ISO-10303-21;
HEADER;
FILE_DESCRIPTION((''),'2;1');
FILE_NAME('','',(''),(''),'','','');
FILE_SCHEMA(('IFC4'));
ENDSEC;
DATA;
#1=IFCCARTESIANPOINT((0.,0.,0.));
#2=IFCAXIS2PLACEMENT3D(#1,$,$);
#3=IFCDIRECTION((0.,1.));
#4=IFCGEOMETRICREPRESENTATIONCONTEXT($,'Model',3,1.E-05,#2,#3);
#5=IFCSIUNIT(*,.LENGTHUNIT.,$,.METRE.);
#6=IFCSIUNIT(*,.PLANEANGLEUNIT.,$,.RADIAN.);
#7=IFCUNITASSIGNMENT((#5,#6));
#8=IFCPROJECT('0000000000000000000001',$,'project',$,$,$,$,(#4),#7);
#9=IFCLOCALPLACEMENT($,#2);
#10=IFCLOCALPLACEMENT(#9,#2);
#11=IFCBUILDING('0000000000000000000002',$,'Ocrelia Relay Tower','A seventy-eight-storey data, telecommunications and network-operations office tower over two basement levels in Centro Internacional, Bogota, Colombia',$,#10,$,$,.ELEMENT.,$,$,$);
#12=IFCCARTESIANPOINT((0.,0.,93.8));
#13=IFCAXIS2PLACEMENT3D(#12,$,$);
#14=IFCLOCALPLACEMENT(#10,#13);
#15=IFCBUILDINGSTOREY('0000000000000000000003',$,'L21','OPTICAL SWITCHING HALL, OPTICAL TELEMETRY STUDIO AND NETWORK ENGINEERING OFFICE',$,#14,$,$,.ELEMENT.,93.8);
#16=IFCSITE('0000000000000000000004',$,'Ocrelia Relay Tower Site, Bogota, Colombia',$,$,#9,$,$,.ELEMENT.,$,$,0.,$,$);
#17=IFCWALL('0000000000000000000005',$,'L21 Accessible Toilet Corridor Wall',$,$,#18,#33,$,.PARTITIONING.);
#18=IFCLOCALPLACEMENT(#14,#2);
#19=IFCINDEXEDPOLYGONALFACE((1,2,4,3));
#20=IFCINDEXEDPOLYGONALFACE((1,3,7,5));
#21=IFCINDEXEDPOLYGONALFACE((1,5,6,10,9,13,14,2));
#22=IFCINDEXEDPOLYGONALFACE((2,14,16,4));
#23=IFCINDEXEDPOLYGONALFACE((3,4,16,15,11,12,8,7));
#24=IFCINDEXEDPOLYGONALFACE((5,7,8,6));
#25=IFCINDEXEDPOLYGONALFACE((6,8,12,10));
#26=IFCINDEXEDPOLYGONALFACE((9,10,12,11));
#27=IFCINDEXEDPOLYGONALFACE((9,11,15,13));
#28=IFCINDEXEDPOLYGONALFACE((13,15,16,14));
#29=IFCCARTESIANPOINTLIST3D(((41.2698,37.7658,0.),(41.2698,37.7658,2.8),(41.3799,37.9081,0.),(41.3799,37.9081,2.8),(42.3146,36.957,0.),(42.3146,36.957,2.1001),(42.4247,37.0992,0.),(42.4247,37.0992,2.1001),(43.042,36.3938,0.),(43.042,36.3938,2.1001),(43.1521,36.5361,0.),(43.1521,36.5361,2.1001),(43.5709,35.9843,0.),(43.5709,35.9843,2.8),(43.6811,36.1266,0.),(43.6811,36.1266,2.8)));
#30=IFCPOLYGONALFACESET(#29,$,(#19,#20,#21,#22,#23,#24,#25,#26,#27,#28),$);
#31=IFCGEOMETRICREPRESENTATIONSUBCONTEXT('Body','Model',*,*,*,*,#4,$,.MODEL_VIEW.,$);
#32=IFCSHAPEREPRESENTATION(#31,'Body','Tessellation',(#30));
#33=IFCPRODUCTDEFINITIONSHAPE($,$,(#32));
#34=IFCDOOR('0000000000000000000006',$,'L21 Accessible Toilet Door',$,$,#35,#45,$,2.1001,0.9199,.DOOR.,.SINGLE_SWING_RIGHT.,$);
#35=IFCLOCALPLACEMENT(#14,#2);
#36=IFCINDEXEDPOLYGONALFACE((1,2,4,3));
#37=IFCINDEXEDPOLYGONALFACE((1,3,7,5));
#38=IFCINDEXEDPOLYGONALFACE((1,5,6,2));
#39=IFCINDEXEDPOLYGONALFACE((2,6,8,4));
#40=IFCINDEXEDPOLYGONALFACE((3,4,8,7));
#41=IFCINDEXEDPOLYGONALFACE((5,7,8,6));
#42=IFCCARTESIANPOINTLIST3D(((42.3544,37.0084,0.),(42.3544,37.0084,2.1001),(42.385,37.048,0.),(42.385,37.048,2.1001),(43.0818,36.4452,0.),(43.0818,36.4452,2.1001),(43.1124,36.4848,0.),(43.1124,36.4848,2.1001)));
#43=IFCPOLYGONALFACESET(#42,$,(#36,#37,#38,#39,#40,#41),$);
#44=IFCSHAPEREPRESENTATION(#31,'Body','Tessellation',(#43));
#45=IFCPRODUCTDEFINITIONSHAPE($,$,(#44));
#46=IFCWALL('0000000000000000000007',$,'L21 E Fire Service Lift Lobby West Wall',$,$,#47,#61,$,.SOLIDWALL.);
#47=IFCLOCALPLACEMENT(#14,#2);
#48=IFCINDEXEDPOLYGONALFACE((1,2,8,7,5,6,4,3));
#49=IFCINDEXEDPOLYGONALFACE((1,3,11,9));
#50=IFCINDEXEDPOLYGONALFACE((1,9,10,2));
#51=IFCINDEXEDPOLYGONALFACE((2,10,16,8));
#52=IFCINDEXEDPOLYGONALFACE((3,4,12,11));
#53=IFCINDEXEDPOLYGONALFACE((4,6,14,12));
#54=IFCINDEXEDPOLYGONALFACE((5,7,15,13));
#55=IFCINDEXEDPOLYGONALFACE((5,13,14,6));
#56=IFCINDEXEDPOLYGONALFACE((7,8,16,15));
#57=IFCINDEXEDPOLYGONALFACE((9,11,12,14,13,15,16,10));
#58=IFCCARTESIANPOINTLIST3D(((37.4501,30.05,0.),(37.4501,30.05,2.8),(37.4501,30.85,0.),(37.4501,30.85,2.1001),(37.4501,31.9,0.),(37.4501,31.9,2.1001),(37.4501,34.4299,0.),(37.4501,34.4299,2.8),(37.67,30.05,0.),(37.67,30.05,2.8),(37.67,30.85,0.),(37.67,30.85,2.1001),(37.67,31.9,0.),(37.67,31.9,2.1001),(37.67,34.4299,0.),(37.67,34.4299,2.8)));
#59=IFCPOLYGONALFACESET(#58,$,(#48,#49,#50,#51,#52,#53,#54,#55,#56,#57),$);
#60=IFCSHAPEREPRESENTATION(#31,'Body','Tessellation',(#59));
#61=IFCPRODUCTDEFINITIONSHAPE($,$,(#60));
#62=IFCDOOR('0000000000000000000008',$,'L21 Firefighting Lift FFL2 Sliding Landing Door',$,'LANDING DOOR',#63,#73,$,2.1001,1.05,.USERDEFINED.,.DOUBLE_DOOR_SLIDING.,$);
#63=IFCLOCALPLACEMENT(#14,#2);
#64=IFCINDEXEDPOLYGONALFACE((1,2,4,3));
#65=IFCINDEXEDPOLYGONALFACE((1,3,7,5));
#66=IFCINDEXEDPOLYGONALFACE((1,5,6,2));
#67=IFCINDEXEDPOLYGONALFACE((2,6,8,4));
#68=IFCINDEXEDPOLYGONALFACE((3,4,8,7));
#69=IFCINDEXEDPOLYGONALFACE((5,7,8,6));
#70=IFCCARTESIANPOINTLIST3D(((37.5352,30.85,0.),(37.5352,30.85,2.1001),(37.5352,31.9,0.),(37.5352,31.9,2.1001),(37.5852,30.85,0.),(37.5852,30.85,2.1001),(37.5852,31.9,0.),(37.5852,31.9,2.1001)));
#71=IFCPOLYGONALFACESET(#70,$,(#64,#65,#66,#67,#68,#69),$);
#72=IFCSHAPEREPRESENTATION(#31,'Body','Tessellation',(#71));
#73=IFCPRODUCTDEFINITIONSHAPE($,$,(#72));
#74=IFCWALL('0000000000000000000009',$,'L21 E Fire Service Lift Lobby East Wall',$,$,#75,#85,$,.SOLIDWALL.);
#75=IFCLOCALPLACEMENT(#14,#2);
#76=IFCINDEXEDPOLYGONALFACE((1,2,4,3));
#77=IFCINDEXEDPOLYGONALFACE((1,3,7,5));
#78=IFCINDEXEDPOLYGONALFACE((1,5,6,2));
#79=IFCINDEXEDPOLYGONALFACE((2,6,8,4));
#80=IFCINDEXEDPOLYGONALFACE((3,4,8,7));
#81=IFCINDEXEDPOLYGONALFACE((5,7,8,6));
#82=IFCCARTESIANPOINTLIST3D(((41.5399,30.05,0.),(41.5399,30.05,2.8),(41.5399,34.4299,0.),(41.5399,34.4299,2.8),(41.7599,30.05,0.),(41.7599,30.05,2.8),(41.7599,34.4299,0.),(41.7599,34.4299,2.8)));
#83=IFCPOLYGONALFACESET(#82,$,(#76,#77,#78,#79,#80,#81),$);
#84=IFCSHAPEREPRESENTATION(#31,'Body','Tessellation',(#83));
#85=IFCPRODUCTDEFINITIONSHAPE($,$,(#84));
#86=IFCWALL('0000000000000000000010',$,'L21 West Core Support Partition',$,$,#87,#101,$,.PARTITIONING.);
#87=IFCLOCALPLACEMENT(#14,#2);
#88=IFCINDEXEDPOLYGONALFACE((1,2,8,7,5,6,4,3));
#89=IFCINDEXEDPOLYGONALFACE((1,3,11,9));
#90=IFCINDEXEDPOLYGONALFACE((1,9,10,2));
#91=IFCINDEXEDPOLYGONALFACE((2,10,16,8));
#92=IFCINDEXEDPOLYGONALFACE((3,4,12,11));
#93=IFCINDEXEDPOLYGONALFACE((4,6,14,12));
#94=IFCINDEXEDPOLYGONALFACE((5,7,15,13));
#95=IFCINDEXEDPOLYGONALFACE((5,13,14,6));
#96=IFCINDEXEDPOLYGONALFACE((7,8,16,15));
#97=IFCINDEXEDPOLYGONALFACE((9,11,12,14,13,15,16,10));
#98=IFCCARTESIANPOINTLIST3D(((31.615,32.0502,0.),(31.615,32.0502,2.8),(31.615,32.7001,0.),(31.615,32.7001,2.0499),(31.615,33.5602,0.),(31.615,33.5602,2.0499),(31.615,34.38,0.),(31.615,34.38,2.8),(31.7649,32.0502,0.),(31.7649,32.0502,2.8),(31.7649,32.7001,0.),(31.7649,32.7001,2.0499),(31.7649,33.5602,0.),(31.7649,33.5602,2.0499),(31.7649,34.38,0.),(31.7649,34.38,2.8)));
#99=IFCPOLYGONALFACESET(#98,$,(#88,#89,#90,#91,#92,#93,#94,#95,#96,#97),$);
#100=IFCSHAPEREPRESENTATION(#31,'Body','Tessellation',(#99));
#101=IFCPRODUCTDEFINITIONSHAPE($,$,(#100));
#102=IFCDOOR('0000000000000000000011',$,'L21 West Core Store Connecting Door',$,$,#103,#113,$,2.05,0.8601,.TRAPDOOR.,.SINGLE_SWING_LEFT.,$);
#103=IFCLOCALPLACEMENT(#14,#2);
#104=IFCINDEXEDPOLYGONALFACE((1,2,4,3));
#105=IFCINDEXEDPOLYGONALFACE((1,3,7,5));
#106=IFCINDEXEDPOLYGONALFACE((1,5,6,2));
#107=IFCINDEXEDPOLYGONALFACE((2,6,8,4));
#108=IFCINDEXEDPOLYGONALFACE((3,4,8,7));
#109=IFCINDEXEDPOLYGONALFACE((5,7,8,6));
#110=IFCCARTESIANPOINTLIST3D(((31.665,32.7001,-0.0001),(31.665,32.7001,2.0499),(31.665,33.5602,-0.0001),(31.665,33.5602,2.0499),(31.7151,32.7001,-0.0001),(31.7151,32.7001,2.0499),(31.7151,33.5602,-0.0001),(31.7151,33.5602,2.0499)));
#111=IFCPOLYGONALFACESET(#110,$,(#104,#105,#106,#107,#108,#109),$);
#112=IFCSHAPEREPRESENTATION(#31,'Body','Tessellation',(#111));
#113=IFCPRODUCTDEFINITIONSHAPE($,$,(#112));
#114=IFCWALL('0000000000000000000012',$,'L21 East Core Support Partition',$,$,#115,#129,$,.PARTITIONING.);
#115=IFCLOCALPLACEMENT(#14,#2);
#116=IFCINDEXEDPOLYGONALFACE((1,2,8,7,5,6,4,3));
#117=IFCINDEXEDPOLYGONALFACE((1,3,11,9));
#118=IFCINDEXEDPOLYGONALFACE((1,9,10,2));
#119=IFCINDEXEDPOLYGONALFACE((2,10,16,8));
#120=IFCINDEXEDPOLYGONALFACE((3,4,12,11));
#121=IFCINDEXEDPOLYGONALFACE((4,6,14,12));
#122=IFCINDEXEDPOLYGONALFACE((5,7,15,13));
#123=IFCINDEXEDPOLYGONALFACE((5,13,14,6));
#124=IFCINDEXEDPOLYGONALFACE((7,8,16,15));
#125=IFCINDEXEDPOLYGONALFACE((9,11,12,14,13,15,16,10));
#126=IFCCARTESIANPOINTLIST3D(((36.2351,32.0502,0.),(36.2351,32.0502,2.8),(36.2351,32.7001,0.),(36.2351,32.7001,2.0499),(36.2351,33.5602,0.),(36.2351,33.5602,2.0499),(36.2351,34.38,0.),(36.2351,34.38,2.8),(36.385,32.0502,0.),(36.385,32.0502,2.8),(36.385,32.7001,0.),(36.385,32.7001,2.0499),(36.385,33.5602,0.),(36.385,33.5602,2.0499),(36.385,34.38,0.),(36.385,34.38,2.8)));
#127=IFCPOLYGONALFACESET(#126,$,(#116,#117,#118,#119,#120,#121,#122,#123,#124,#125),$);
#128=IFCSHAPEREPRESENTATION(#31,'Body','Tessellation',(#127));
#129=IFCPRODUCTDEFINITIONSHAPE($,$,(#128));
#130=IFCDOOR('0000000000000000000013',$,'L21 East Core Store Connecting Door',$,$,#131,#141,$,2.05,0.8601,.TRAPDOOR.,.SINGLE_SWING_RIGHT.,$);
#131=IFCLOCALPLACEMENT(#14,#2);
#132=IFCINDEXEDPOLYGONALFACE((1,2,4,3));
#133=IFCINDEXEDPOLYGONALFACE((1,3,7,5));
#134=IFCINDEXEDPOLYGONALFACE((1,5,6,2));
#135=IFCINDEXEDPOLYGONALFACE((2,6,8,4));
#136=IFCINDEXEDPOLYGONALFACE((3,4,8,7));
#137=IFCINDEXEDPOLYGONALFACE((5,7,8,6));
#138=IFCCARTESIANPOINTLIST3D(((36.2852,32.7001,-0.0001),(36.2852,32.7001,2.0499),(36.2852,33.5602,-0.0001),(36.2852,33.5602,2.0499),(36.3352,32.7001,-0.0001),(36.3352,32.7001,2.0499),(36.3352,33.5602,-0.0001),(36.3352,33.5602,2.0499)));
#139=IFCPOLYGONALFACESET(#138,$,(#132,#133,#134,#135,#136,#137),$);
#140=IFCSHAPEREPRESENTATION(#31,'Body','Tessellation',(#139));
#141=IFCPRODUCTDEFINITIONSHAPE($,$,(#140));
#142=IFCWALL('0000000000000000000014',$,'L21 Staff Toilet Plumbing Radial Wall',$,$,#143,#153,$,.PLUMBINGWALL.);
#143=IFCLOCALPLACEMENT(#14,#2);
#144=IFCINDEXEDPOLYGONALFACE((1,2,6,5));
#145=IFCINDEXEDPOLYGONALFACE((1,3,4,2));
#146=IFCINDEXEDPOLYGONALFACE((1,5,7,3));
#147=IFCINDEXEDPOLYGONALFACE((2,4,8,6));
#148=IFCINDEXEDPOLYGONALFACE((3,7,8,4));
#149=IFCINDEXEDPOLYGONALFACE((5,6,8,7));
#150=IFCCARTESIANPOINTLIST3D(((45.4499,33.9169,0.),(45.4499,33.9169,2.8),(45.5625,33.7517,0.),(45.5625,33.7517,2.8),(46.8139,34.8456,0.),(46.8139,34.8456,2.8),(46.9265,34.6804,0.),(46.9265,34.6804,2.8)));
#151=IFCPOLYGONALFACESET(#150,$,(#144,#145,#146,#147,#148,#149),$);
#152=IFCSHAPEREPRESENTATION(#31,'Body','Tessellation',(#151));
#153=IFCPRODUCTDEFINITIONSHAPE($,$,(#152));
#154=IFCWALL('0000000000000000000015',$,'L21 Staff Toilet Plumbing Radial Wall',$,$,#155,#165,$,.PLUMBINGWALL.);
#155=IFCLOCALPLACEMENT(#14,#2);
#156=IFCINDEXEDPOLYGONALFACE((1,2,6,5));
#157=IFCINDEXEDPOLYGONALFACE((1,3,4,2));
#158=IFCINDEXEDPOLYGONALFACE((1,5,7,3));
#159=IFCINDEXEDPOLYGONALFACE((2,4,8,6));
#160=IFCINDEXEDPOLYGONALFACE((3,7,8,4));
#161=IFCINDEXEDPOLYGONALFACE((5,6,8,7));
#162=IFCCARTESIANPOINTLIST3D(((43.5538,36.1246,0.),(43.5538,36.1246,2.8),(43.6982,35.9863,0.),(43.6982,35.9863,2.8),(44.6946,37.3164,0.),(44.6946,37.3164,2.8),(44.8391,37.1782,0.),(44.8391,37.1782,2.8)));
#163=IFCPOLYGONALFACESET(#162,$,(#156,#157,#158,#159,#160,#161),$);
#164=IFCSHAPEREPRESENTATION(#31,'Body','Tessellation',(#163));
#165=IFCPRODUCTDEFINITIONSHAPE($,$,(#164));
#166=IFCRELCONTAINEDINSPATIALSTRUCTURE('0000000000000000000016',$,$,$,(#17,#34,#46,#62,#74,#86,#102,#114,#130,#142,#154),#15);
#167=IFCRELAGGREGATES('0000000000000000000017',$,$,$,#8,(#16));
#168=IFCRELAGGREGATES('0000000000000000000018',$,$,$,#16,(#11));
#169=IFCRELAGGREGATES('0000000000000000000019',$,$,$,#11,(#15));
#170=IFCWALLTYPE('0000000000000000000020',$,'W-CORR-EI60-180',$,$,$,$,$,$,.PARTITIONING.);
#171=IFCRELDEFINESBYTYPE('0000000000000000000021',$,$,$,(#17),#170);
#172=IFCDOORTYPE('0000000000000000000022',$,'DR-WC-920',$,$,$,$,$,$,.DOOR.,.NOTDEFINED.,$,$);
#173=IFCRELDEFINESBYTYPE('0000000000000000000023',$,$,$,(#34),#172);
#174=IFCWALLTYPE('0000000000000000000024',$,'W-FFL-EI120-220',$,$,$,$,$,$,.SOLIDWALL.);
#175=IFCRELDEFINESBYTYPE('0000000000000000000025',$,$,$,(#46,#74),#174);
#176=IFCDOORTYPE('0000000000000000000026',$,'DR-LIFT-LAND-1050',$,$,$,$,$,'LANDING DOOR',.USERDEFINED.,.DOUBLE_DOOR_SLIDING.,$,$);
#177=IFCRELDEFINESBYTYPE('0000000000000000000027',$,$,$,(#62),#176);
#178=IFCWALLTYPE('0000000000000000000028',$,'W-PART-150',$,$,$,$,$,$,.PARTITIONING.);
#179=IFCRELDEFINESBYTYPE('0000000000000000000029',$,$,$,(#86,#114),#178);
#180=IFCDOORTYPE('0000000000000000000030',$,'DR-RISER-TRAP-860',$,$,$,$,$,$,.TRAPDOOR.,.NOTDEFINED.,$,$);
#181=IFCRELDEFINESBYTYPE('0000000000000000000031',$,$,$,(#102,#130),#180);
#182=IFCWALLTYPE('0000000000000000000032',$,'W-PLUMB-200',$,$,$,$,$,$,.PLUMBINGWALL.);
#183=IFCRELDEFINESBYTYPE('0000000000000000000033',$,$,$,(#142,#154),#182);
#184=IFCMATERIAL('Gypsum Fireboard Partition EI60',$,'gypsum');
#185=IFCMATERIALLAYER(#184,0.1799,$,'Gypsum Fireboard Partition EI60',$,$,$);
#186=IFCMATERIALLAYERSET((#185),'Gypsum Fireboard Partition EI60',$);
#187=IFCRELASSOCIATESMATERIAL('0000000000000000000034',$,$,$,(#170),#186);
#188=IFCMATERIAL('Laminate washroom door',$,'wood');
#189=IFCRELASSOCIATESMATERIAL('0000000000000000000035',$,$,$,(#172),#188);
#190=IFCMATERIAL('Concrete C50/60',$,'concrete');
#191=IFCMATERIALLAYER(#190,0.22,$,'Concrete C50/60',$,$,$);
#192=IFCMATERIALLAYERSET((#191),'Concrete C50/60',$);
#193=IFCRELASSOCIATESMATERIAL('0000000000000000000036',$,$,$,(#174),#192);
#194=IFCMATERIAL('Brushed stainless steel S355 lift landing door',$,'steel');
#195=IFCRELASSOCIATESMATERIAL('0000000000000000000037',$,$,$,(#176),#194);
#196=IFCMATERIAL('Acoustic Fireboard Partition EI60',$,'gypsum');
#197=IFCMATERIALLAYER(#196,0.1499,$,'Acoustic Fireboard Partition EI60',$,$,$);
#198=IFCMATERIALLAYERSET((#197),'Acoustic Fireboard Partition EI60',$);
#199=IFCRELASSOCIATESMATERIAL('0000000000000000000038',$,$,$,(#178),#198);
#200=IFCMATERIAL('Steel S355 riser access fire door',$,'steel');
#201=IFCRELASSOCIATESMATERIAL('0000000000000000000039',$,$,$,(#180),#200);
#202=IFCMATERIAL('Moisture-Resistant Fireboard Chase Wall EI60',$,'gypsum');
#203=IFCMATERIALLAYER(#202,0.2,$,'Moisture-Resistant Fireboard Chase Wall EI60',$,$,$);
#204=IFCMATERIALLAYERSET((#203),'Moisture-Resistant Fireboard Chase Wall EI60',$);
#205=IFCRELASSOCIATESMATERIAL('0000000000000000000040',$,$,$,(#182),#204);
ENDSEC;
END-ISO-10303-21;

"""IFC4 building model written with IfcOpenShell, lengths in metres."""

from ifc_helpers import new_model, si_unit, direction, frame, frame_2d, origin, place, context, subcontext, project, spatial, rectangle, extrude, material, layer, layer_set, type_object, element, fill, save


model = new_model("IFC4")

# Units and contexts
model_context = context("Model", 3, precision=1e-05, world=origin(), true_north=direction((0.0, 1.0)))
body_context = subcontext(model_context, "Body", "Model", "MODEL_VIEW")
ifc_project = project(units=[si_unit("LENGTHUNIT", "METRE"), si_unit("PLANEANGLEUNIT", "RADIAN")], contexts=[model_context])

# Site, building, storey
site_placement = place(None, origin())
site = spatial("IfcSite", under=ifc_project, at=site_placement, Name="Ocrelia Relay Tower Site, Bogota, Colombia", CompositionType="ELEMENT", RefElevation=0.0)
building_placement = place(site_placement, origin())
building = spatial("IfcBuilding", under=site, at=building_placement, Name="Ocrelia Relay Tower", Description="A seventy-eight-storey data, telecommunications and network-operations office tower over two basement levels in Centro Internacional, Bogota, Colombia", CompositionType="ELEMENT")
storey_placement = place(building_placement, frame((0.0, 0.0, 93.8)))
storey = spatial("IfcBuildingStorey", under=building, at=storey_placement, Name="L21", Description="OPTICAL SWITCHING HALL, OPTICAL TELEMETRY STUDIO AND NETWORK ENGINEERING OFFICE", CompositionType="ELEMENT", Elevation=93.8)

# Shared definitions
ifc_material_1 = material(Name="Gypsum Fireboard Partition EI60", Category="gypsum")
ifc_layer_1 = layer(ifc_material_1, 0.1799, Name="Gypsum Fireboard Partition EI60")
ifc_layer_set_1 = layer_set([ifc_layer_1], Name="Gypsum Fireboard Partition EI60")
wall_type_1 = type_object("IfcWallType", Name="W-CORR-EI60-180", PredefinedType="PARTITIONING", material=ifc_layer_set_1)

# Walls, openings, doors
ifc_material_2 = material(Name="Laminate washroom door", Category="wood")
door_type_1 = type_object("IfcDoorType", Name="DR-WC-920", OperationType="NOTDEFINED", PredefinedType="DOOR", material=ifc_material_2)
wall_1_placement = place(storey_placement, frame((43.626, 36.0554, 0.0), z_axis=(0.0, 0.0, 1.0), x_axis=(-0.790715, 0.612185, 0.0)))
wall_1 = element("IfcWall", 1, at=wall_1_placement, inside=storey, type_object=wall_type_1, Name="L21 Accessible Toilet Corridor Wall", PredefinedType="PARTITIONING", context=body_context, shape_type="SweptSolid", body=[
    extrude(rectangle(XDim=2.9102, YDim=0.1799, at=frame_2d((1.4551, 0.0))), origin(), (0.0, 0.0, 1.0), 2.8),
])
opening_1_placement = place(wall_1_placement, frame((0.6689, 0.0, 0.0)))
opening_1 = element("IfcOpeningElement", 2, at=opening_1_placement, cuts=wall_1, PredefinedType="OPENING", context=body_context, shape_type="SweptSolid", body=[
    extrude(rectangle(XDim=0.9199, YDim=2.1001, at=frame_2d((0.46, 1.05))), frame((0.0, 0.1001, 0.0), z_axis=(0.0, -1.0, 0.0), x_axis=(1.0, 0.0, 0.0)), (0.0, 0.0, 1.0), 0.2),
])
door_1_placement = place(opening_1_placement, origin())
door_1 = element("IfcDoor", 3, at=door_1_placement, inside=storey, type_object=door_type_1, Name="L21 Accessible Toilet Door", OperationType="SINGLE_SWING_RIGHT", OverallHeight=2.1001, OverallWidth=0.9199, PredefinedType="DOOR", context=body_context, shape_type="SweptSolid", body=[
    extrude(rectangle(XDim=0.9199, YDim=2.1001, at=frame_2d((0.46, 1.05))), frame((0.0, 0.0249, 0.0), z_axis=(0.0, -1.0, 0.0), x_axis=(1.0, 0.0, 0.0)), (0.0, 0.0, 1.0), 0.05),
])
fill(opening_1, door_1)
ifc_material_3 = material(Name="Concrete C50/60", Category="concrete")
ifc_layer_2 = layer(ifc_material_3, 0.22, Name="Concrete C50/60")
ifc_layer_set_2 = layer_set([ifc_layer_2], Name="Concrete C50/60")
wall_type_2 = type_object("IfcWallType", Name="W-FFL-EI120-220", PredefinedType="SOLIDWALL", material=ifc_layer_set_2)
wall_2_placement = place(storey_placement, frame((37.5601, 30.05, 0.0), z_axis=(0.0, 0.0, 1.0), x_axis=(0.0, 1.0, 0.0)))
wall_2 = element("IfcWall", 4, at=wall_2_placement, inside=storey, type_object=wall_type_2, Name="L21 E Fire Service Lift Lobby West Wall", PredefinedType="SOLIDWALL", context=body_context, shape_type="SweptSolid", body=[
    extrude(rectangle(XDim=4.3799, YDim=0.22, at=frame_2d((2.1899, 0.0))), origin(), (0.0, 0.0, 1.0), 2.8),
])
opening_2_placement = place(wall_2_placement, frame((0.8, 0.0, 0.0)))
opening_2 = element("IfcOpeningElement", 5, at=opening_2_placement, cuts=wall_2, PredefinedType="OPENING", context=body_context, shape_type="SweptSolid", body=[
    extrude(rectangle(XDim=1.05, YDim=2.1001, at=frame_2d((0.5249, 1.05))), frame((0.0, 0.1201, 0.0), z_axis=(0.0, -1.0, 0.0), x_axis=(1.0, 0.0, 0.0)), (0.0, 0.0, 1.0), 0.24),
])
ifc_material_4 = material(Name="Brushed stainless steel S355 lift landing door", Category="steel")
door_type_2 = type_object("IfcDoorType", Name="DR-LIFT-LAND-1050", ElementType="LANDING DOOR", OperationType="DOUBLE_DOOR_SLIDING", PredefinedType="USERDEFINED", material=ifc_material_4)
door_2_placement = place(opening_2_placement, origin())
door_2 = element("IfcDoor", 6, at=door_2_placement, inside=storey, type_object=door_type_2, Name="L21 Firefighting Lift FFL2 Sliding Landing Door", ObjectType="LANDING DOOR", OperationType="DOUBLE_DOOR_SLIDING", OverallHeight=2.1001, OverallWidth=1.05, PredefinedType="USERDEFINED", context=body_context, shape_type="SweptSolid", body=[
    extrude(rectangle(XDim=1.05, YDim=2.1001, at=frame_2d((0.5249, 1.05))), frame((0.0, 0.0249, 0.0), z_axis=(0.0, -1.0, 0.0), x_axis=(1.0, 0.0, 0.0)), (0.0, 0.0, 1.0), 0.05),
])
fill(opening_2, door_2)

# Wall
wall_3_placement = place(storey_placement, frame((41.6499, 30.05, 0.0), z_axis=(0.0, 0.0, 1.0), x_axis=(0.0, 1.0, 0.0)))
element("IfcWall", 7, at=wall_3_placement, inside=storey, type_object=wall_type_2, Name="L21 E Fire Service Lift Lobby East Wall", PredefinedType="SOLIDWALL", context=body_context, shape_type="SweptSolid", body=[
    extrude(rectangle(XDim=4.3799, YDim=0.22, at=frame_2d((2.1899, 0.0))), origin(), (0.0, 0.0, 1.0), 2.8),
])

# Walls, openings, doors
ifc_material_5 = material(Name="Acoustic Fireboard Partition EI60", Category="gypsum")
ifc_layer_3 = layer(ifc_material_5, 0.1499, Name="Acoustic Fireboard Partition EI60")
ifc_layer_set_3 = layer_set([ifc_layer_3], Name="Acoustic Fireboard Partition EI60")
wall_type_3 = type_object("IfcWallType", Name="W-PART-150", PredefinedType="PARTITIONING", material=ifc_layer_set_3)
wall_4_placement = place(storey_placement, frame((31.6899, 32.05, 0.0), z_axis=(0.0, 0.0, 1.0), x_axis=(0.0, 1.0, 0.0)))
wall_4 = element("IfcWall", 8, at=wall_4_placement, inside=storey, type_object=wall_type_3, Name="L21 West Core Support Partition", PredefinedType="PARTITIONING", context=body_context, shape_type="SweptSolid", body=[
    extrude(rectangle(XDim=2.3298, YDim=0.1499, at=frame_2d((1.165, 0.0))), origin(), (0.0, 0.0, 1.0), 2.8),
])
opening_3_placement = place(wall_4_placement, frame((0.6499, 0.0, 0.0)))
opening_3 = element("IfcOpeningElement", 9, at=opening_3_placement, cuts=wall_4, PredefinedType="OPENING", context=body_context, shape_type="SweptSolid", body=[
    extrude(rectangle(XDim=0.8601, YDim=2.05, at=frame_2d((0.4302, 1.0249))), frame((0.0, 0.085, 0.0), z_axis=(0.0, -1.0, 0.0), x_axis=(1.0, 0.0, 0.0)), (0.0, 0.0, 1.0), 0.1699),
])
ifc_material_6 = material(Name="Steel S355 riser access fire door", Category="steel")
door_type_3 = type_object("IfcDoorType", Name="DR-RISER-TRAP-860", OperationType="NOTDEFINED", PredefinedType="TRAPDOOR", material=ifc_material_6)
door_3_placement = place(opening_3_placement, origin())
door_3 = element("IfcDoor", 10, at=door_3_placement, inside=storey, type_object=door_type_3, Name="L21 West Core Store Connecting Door", OperationType="SINGLE_SWING_LEFT", OverallHeight=2.05, OverallWidth=0.8601, PredefinedType="TRAPDOOR", context=body_context, shape_type="SweptSolid", body=[
    extrude(rectangle(XDim=0.8601, YDim=2.05, at=frame_2d((0.4302, 1.0249))), frame((0.0, 0.0249, 0.0), z_axis=(0.0, -1.0, 0.0), x_axis=(1.0, 0.0, 0.0)), (0.0, 0.0, 1.0), 0.05),
])
fill(opening_3, door_3)
wall_5_placement = place(storey_placement, frame((36.3101, 32.05, 0.0), z_axis=(0.0, 0.0, 1.0), x_axis=(0.0, 1.0, 0.0)))
wall_5 = element("IfcWall", 11, at=wall_5_placement, inside=storey, type_object=wall_type_3, Name="L21 East Core Support Partition", PredefinedType="PARTITIONING", context=body_context, shape_type="SweptSolid", body=[
    extrude(rectangle(XDim=2.3298, YDim=0.1499, at=frame_2d((1.165, 0.0))), origin(), (0.0, 0.0, 1.0), 2.8),
])
opening_4_placement = place(wall_5_placement, frame((0.6499, 0.0, 0.0)))
opening_4 = element("IfcOpeningElement", 12, at=opening_4_placement, cuts=wall_5, PredefinedType="OPENING", context=body_context, shape_type="SweptSolid", body=[
    extrude(rectangle(XDim=0.8601, YDim=2.05, at=frame_2d((0.4302, 1.0249))), frame((0.0, 0.085, 0.0), z_axis=(0.0, -1.0, 0.0), x_axis=(1.0, 0.0, 0.0)), (0.0, 0.0, 1.0), 0.1699),
])
door_4_placement = place(opening_4_placement, origin())
door_4 = element("IfcDoor", 13, at=door_4_placement, inside=storey, type_object=door_type_3, Name="L21 East Core Store Connecting Door", OperationType="SINGLE_SWING_RIGHT", OverallHeight=2.05, OverallWidth=0.8601, PredefinedType="TRAPDOOR", context=body_context, shape_type="SweptSolid", body=[
    extrude(rectangle(XDim=0.8601, YDim=2.05, at=frame_2d((0.4302, 1.0249))), frame((0.0, 0.0249, 0.0), z_axis=(0.0, -1.0, 0.0), x_axis=(1.0, 0.0, 0.0)), (0.0, 0.0, 1.0), 0.05),
])
fill(opening_4, door_4)

# Walls
ifc_material_7 = material(Name="Moisture-Resistant Fireboard Chase Wall EI60", Category="gypsum")
ifc_layer_4 = layer(ifc_material_7, 0.2, Name="Moisture-Resistant Fireboard Chase Wall EI60")
ifc_layer_set_4 = layer_set([ifc_layer_4], Name="Moisture-Resistant Fireboard Chase Wall EI60")
wall_type_4 = type_object("IfcWallType", Name="W-PLUMB-200", PredefinedType="PLUMBINGWALL", material=ifc_layer_set_4)
wall_6_placement = place(storey_placement, frame((45.5061, 33.8342, 0.0), z_axis=(0.0, 0.0, 1.0), x_axis=(0.826593, 0.5628, 0.0)))
element("IfcWall", 14, at=wall_6_placement, inside=storey, type_object=wall_type_4, Name="L21 Staff Toilet Plumbing Radial Wall", PredefinedType="PLUMBINGWALL", context=body_context, shape_type="SweptSolid", body=[
    extrude(rectangle(XDim=1.6501, YDim=0.2, at=frame_2d((0.8252, 0.0))), origin(), (0.0, 0.0, 1.0), 2.8),
])
for number, where, z_axis, x_axis, name in (
    (15, (43.626, 36.0554, 0.0), (0.0, 0.0, 1.0), (0.691475, 0.722401, 0.0), "L21 Staff Toilet Plumbing Radial Wall"),
):
    element("IfcWall", number, at=place(storey_placement, frame(where, z_axis=z_axis, x_axis=x_axis)), inside=storey, type_object=wall_type_4, Name=name, PredefinedType="PLUMBINGWALL", context=body_context, shape_type="SweptSolid", body=[
        extrude(rectangle(XDim=1.6499, YDim=0.2, at=frame_2d((0.825, 0.0))), origin(), (0.0, 0.0, 1.0), 2.8),
    ])

save(model, "model.ifc")
